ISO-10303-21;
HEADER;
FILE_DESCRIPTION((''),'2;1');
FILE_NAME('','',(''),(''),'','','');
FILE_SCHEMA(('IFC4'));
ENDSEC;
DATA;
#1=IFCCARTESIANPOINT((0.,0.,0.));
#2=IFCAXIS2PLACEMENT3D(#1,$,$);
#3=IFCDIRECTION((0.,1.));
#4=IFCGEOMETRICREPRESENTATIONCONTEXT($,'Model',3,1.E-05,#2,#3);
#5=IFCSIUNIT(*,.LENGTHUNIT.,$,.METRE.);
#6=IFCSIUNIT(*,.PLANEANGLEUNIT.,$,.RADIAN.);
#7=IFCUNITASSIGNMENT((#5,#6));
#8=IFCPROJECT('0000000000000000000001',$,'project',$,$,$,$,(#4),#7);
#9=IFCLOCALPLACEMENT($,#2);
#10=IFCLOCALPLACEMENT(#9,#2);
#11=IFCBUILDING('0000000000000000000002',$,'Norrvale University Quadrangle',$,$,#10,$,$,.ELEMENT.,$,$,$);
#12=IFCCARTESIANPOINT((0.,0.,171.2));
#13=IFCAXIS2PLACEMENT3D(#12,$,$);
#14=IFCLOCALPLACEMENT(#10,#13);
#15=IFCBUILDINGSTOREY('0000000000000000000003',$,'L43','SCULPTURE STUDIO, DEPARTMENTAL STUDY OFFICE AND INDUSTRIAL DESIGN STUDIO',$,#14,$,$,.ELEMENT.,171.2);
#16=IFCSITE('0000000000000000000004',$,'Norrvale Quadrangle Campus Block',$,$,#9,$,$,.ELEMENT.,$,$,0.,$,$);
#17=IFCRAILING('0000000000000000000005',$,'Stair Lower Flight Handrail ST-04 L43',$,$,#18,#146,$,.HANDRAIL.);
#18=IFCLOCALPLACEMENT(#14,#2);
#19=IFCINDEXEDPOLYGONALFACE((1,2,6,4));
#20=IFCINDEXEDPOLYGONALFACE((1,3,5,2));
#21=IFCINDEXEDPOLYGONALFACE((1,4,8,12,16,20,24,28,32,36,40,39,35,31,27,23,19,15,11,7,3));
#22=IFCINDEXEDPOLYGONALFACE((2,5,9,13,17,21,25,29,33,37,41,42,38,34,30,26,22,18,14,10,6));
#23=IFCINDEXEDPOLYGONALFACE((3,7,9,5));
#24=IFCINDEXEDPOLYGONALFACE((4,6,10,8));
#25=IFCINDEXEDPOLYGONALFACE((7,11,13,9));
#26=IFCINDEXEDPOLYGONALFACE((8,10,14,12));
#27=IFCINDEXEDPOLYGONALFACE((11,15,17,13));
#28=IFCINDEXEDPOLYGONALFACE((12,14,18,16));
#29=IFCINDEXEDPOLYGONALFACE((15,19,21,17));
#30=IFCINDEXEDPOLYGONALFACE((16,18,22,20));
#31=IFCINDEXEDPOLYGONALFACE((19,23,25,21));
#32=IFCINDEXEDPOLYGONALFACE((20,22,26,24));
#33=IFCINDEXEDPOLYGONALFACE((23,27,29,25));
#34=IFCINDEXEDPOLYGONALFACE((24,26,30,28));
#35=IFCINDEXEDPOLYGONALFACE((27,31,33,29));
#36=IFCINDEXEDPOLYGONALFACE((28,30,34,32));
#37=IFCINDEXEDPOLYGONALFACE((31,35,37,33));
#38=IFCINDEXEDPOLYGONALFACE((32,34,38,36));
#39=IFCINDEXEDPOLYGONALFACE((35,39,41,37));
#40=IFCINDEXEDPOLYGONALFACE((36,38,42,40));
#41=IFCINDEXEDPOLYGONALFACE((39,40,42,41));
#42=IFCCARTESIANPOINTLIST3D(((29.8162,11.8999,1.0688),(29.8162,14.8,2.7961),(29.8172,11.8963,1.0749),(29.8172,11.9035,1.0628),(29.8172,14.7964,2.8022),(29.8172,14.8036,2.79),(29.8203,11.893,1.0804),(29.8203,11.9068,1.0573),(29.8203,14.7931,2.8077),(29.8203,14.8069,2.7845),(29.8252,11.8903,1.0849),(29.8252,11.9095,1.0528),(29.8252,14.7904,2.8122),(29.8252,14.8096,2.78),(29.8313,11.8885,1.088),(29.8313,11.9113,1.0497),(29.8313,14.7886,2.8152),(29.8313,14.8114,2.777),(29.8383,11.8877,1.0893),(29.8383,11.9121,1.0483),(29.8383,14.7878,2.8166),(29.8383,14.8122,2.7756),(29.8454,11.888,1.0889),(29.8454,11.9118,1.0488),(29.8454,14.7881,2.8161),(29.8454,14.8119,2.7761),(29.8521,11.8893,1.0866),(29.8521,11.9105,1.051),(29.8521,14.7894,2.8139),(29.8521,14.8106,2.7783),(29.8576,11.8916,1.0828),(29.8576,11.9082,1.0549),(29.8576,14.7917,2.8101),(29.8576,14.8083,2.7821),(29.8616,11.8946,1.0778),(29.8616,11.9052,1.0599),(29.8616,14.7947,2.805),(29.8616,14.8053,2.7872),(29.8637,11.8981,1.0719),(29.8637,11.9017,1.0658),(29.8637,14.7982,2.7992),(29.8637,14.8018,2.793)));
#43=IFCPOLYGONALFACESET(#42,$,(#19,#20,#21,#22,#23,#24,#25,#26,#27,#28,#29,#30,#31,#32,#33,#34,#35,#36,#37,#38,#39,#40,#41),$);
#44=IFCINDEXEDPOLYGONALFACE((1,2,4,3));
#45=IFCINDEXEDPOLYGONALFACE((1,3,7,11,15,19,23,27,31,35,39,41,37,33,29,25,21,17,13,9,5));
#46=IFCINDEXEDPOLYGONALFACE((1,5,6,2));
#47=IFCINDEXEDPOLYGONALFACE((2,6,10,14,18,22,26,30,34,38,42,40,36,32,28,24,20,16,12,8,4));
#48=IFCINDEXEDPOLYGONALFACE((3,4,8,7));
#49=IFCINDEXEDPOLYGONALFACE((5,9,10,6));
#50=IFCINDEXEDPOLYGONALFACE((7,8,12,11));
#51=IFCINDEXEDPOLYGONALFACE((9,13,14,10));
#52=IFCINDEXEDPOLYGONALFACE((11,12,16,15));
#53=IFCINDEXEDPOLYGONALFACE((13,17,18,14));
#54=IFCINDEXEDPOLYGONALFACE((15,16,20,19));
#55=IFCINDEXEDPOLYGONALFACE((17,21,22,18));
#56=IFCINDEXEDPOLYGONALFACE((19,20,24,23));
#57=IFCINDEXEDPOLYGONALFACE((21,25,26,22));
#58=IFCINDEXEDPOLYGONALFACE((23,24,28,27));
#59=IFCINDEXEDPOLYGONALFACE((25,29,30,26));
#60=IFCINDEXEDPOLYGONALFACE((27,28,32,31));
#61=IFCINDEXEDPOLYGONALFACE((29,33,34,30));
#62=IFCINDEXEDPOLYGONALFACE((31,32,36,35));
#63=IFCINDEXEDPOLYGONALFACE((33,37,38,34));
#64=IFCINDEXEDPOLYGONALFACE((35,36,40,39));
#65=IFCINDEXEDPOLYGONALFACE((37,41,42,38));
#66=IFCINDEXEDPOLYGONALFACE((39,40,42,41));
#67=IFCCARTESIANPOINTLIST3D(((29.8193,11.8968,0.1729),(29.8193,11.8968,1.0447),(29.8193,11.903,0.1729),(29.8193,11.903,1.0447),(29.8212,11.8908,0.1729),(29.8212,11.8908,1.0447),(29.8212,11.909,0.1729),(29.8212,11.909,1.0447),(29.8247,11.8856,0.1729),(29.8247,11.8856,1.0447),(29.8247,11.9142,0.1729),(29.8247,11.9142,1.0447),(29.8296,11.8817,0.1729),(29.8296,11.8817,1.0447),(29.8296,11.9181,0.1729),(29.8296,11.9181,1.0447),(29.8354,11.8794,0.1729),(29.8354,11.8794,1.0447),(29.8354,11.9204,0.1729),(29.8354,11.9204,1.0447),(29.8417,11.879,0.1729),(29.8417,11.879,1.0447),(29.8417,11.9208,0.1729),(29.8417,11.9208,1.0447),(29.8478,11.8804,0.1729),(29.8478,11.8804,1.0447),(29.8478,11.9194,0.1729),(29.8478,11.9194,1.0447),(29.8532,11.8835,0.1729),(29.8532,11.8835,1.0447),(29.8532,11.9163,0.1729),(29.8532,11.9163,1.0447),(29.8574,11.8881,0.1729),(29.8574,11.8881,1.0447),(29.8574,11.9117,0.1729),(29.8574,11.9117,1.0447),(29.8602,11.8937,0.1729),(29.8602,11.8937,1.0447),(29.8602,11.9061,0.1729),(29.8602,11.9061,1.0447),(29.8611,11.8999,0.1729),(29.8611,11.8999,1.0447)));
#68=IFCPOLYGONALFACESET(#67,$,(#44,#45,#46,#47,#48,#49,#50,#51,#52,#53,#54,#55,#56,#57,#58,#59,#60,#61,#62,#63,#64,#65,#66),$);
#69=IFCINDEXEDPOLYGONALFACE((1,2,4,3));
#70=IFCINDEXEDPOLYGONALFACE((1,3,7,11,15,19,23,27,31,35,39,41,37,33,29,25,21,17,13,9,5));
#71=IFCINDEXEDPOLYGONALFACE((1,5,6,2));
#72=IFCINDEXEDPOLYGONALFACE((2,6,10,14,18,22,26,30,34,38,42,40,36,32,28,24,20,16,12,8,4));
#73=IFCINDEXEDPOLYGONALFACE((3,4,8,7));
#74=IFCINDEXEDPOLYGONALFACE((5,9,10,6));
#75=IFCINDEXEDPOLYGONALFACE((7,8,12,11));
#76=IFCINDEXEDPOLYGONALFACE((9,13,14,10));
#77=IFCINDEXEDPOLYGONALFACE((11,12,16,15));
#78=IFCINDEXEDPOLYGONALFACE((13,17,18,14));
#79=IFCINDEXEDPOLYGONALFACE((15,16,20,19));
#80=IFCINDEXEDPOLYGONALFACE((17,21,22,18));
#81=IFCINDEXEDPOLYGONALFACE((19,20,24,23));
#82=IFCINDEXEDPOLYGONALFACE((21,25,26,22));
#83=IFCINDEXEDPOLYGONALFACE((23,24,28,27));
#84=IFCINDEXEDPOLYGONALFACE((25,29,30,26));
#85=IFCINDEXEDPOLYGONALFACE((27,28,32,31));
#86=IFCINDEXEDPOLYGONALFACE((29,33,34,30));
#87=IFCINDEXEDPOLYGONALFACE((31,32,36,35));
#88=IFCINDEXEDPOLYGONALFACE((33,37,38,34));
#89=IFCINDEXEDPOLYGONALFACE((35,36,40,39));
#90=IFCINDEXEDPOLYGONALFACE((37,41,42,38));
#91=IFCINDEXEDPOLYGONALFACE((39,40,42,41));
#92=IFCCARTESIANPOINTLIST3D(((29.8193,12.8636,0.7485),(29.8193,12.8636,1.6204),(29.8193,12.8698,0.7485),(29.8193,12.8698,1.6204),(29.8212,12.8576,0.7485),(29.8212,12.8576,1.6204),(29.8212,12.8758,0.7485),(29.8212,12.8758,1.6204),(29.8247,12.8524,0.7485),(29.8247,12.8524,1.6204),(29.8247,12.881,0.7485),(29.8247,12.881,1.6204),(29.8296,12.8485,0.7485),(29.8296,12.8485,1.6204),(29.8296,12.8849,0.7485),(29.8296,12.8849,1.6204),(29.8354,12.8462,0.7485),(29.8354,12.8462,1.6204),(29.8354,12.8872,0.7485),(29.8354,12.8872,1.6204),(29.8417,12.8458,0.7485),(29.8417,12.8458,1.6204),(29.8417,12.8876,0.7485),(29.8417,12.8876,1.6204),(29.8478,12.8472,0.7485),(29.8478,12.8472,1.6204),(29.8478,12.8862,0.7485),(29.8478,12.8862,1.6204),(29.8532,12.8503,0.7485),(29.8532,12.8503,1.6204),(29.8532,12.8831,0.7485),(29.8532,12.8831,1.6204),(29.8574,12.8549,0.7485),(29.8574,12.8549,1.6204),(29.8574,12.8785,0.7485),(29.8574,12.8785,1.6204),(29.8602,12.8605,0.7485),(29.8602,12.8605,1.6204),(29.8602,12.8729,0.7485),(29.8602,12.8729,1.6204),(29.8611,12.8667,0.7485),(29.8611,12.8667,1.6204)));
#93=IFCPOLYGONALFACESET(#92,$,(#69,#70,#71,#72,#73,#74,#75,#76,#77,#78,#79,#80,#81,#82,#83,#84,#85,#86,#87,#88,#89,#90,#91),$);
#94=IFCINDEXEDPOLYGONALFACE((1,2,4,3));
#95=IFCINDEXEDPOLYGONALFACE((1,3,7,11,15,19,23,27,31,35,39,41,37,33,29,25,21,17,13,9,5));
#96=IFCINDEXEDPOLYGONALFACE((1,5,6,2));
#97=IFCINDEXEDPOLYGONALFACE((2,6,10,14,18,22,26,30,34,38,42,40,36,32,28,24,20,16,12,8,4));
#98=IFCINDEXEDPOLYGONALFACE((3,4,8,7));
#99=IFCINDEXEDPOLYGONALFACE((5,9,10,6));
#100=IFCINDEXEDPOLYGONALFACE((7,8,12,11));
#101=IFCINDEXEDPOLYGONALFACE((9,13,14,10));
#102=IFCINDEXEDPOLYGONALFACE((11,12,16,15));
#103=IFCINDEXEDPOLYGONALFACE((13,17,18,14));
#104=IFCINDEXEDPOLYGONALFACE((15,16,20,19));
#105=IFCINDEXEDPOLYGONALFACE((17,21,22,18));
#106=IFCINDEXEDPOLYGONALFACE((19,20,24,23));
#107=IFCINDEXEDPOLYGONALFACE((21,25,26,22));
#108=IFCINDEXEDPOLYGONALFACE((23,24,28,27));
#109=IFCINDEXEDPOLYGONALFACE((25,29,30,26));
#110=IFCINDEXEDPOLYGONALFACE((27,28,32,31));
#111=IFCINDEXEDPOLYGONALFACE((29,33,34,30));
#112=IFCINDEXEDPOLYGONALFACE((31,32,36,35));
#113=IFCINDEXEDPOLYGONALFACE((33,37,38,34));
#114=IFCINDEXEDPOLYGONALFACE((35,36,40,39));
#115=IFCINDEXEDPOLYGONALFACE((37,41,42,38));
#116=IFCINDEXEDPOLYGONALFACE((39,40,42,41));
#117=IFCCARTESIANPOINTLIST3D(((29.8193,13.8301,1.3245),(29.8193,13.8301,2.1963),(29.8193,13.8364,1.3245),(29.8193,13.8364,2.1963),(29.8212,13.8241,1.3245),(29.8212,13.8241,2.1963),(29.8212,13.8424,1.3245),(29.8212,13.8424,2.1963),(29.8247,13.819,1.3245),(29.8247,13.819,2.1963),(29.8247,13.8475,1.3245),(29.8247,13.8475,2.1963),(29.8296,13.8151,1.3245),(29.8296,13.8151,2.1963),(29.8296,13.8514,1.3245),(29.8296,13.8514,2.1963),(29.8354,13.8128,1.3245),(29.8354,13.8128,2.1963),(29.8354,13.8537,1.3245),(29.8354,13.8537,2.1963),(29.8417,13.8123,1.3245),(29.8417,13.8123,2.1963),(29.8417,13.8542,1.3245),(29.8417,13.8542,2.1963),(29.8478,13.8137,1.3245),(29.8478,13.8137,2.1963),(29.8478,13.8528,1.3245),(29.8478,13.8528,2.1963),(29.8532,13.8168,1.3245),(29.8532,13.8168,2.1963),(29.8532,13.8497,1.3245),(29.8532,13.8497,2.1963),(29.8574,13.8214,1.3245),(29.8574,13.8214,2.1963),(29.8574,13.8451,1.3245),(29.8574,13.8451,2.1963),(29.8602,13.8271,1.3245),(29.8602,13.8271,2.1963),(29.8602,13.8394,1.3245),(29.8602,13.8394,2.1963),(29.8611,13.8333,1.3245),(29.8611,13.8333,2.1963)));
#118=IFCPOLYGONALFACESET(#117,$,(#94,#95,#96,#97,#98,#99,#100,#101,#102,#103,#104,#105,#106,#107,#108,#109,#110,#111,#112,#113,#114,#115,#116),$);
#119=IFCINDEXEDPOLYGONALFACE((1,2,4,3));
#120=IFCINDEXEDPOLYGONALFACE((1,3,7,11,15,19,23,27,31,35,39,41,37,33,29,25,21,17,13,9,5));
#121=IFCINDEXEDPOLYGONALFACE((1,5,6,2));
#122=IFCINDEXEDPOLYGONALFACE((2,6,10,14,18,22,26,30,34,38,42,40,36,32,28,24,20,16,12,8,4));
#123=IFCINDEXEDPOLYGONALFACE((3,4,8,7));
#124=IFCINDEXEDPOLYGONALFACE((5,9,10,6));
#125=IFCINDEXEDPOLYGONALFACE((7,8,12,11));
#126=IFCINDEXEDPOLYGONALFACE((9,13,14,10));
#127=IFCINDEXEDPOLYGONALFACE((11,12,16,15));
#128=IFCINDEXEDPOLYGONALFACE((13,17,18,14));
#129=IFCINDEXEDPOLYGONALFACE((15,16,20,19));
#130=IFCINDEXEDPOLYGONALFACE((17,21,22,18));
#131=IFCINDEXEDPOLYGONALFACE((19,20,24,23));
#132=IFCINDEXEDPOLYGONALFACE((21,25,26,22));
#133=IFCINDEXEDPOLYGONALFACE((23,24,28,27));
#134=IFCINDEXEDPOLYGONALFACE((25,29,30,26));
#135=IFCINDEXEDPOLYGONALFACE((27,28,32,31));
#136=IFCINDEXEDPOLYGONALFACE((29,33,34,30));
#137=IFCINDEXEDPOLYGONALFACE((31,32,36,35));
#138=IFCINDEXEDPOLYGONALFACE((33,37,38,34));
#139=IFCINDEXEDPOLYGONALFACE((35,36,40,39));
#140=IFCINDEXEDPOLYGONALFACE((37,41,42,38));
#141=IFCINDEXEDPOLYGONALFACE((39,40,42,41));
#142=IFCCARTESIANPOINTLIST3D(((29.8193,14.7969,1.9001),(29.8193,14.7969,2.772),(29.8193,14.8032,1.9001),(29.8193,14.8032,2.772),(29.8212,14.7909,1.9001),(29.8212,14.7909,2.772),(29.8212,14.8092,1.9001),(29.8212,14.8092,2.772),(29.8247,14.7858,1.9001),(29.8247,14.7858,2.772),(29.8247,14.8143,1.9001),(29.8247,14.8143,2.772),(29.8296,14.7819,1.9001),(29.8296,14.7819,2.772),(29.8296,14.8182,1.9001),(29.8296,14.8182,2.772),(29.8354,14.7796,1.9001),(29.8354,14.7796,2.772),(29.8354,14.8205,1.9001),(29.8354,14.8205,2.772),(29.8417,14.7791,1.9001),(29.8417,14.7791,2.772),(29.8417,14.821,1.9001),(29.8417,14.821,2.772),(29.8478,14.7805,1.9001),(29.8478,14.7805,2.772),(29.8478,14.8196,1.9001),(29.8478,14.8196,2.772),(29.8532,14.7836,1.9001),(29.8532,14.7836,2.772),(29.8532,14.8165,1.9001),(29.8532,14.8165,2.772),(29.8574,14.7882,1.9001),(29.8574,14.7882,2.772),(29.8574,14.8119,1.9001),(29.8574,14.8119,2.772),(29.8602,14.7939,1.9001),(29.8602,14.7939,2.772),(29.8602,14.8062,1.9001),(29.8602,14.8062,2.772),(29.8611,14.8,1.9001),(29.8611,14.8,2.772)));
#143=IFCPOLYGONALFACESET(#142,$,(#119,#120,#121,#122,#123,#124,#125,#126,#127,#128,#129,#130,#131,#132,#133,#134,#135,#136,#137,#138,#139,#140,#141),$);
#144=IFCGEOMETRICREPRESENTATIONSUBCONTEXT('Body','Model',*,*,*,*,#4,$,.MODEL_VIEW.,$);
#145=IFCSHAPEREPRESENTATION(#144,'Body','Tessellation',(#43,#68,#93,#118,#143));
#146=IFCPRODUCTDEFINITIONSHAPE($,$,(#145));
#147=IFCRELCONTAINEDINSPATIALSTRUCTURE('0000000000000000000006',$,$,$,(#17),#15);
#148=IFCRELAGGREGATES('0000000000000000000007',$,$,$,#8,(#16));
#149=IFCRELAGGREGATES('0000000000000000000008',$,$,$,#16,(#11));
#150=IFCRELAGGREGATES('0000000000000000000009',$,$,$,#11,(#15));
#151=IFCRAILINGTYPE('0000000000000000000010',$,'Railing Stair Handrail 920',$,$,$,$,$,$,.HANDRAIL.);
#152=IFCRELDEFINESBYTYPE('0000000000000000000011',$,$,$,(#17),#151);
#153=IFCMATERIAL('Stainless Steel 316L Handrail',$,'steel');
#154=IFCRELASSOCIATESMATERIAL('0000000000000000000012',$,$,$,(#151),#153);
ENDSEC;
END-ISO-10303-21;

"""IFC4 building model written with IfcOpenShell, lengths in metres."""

from ifc_helpers import new_model, si_unit, direction, frame, origin, origin_2d, place, context, subcontext, project, spatial, circle, extrude, material, type_object, element, save


model = new_model("IFC4")

# Units and contexts
model_context = context("Model", 3, precision=1e-05, world=origin(), true_north=direction((0.0, 1.0)))
body_context = subcontext(model_context, "Body", "Model", "MODEL_VIEW")
ifc_project = project(units=[si_unit("LENGTHUNIT", "METRE"), si_unit("PLANEANGLEUNIT", "RADIAN")], contexts=[model_context])

# Site, building, storey
site_placement = place(None, origin())
site = spatial("IfcSite", under=ifc_project, at=site_placement, Name="Norrvale Quadrangle Campus Block", CompositionType="ELEMENT", RefElevation=0.0)
building_placement = place(site_placement, origin())
building = spatial("IfcBuilding", under=site, at=building_placement, Name="Norrvale University Quadrangle", CompositionType="ELEMENT")
storey_placement = place(building_placement, frame((0.0, 0.0, 171.2)))
storey = spatial("IfcBuildingStorey", under=building, at=storey_placement, Name="L43", Description="SCULPTURE STUDIO, DEPARTMENTAL STUDY OFFICE AND INDUSTRIAL DESIGN STUDIO", CompositionType="ELEMENT", Elevation=171.2)

# Railing
ifc_material_1 = material(Name="Stainless Steel 316L Handrail", Category="steel")
railing_type_1 = type_object("IfcRailingType", Name="Railing Stair Handrail 920", PredefinedType="HANDRAIL", material=ifc_material_1)
railing_1_placement = place(storey_placement, frame((29.8401, 11.8999, 0.1729)))
element("IfcRailing", 1, at=railing_1_placement, inside=storey, type_object=railing_type_1, Name="Stair Lower Flight Handrail ST-04 L43", PredefinedType="HANDRAIL", context=body_context, shape_type="SweptSolid", body=[
    extrude(circle(Radius=0.0239, at=origin_2d()), frame((0.0, 0.0, 0.896), z_axis=(0.0, 0.85916, 0.511706), x_axis=(-1.0, 0.0, 0.0)), (0.0, 0.0, 1.0), 3.3755),
    extrude(circle(Radius=0.021, at=origin_2d()), origin(), (0.0, 0.0, 1.0), 0.8718),
    extrude(circle(Radius=0.021, at=origin_2d()), frame((0.0, 0.9668, 0.5757)), (0.0, 0.0, 1.0), 0.8718),
    extrude(circle(Radius=0.021, at=origin_2d()), frame((0.0, 1.9333, 1.1516)), (0.0, 0.0, 1.0), 0.8718),
    extrude(circle(Radius=0.021, at=origin_2d()), frame((0.0, 2.9001, 1.7273)), (0.0, 0.0, 1.0), 0.8718),
])

save(model, "model.ifc")
